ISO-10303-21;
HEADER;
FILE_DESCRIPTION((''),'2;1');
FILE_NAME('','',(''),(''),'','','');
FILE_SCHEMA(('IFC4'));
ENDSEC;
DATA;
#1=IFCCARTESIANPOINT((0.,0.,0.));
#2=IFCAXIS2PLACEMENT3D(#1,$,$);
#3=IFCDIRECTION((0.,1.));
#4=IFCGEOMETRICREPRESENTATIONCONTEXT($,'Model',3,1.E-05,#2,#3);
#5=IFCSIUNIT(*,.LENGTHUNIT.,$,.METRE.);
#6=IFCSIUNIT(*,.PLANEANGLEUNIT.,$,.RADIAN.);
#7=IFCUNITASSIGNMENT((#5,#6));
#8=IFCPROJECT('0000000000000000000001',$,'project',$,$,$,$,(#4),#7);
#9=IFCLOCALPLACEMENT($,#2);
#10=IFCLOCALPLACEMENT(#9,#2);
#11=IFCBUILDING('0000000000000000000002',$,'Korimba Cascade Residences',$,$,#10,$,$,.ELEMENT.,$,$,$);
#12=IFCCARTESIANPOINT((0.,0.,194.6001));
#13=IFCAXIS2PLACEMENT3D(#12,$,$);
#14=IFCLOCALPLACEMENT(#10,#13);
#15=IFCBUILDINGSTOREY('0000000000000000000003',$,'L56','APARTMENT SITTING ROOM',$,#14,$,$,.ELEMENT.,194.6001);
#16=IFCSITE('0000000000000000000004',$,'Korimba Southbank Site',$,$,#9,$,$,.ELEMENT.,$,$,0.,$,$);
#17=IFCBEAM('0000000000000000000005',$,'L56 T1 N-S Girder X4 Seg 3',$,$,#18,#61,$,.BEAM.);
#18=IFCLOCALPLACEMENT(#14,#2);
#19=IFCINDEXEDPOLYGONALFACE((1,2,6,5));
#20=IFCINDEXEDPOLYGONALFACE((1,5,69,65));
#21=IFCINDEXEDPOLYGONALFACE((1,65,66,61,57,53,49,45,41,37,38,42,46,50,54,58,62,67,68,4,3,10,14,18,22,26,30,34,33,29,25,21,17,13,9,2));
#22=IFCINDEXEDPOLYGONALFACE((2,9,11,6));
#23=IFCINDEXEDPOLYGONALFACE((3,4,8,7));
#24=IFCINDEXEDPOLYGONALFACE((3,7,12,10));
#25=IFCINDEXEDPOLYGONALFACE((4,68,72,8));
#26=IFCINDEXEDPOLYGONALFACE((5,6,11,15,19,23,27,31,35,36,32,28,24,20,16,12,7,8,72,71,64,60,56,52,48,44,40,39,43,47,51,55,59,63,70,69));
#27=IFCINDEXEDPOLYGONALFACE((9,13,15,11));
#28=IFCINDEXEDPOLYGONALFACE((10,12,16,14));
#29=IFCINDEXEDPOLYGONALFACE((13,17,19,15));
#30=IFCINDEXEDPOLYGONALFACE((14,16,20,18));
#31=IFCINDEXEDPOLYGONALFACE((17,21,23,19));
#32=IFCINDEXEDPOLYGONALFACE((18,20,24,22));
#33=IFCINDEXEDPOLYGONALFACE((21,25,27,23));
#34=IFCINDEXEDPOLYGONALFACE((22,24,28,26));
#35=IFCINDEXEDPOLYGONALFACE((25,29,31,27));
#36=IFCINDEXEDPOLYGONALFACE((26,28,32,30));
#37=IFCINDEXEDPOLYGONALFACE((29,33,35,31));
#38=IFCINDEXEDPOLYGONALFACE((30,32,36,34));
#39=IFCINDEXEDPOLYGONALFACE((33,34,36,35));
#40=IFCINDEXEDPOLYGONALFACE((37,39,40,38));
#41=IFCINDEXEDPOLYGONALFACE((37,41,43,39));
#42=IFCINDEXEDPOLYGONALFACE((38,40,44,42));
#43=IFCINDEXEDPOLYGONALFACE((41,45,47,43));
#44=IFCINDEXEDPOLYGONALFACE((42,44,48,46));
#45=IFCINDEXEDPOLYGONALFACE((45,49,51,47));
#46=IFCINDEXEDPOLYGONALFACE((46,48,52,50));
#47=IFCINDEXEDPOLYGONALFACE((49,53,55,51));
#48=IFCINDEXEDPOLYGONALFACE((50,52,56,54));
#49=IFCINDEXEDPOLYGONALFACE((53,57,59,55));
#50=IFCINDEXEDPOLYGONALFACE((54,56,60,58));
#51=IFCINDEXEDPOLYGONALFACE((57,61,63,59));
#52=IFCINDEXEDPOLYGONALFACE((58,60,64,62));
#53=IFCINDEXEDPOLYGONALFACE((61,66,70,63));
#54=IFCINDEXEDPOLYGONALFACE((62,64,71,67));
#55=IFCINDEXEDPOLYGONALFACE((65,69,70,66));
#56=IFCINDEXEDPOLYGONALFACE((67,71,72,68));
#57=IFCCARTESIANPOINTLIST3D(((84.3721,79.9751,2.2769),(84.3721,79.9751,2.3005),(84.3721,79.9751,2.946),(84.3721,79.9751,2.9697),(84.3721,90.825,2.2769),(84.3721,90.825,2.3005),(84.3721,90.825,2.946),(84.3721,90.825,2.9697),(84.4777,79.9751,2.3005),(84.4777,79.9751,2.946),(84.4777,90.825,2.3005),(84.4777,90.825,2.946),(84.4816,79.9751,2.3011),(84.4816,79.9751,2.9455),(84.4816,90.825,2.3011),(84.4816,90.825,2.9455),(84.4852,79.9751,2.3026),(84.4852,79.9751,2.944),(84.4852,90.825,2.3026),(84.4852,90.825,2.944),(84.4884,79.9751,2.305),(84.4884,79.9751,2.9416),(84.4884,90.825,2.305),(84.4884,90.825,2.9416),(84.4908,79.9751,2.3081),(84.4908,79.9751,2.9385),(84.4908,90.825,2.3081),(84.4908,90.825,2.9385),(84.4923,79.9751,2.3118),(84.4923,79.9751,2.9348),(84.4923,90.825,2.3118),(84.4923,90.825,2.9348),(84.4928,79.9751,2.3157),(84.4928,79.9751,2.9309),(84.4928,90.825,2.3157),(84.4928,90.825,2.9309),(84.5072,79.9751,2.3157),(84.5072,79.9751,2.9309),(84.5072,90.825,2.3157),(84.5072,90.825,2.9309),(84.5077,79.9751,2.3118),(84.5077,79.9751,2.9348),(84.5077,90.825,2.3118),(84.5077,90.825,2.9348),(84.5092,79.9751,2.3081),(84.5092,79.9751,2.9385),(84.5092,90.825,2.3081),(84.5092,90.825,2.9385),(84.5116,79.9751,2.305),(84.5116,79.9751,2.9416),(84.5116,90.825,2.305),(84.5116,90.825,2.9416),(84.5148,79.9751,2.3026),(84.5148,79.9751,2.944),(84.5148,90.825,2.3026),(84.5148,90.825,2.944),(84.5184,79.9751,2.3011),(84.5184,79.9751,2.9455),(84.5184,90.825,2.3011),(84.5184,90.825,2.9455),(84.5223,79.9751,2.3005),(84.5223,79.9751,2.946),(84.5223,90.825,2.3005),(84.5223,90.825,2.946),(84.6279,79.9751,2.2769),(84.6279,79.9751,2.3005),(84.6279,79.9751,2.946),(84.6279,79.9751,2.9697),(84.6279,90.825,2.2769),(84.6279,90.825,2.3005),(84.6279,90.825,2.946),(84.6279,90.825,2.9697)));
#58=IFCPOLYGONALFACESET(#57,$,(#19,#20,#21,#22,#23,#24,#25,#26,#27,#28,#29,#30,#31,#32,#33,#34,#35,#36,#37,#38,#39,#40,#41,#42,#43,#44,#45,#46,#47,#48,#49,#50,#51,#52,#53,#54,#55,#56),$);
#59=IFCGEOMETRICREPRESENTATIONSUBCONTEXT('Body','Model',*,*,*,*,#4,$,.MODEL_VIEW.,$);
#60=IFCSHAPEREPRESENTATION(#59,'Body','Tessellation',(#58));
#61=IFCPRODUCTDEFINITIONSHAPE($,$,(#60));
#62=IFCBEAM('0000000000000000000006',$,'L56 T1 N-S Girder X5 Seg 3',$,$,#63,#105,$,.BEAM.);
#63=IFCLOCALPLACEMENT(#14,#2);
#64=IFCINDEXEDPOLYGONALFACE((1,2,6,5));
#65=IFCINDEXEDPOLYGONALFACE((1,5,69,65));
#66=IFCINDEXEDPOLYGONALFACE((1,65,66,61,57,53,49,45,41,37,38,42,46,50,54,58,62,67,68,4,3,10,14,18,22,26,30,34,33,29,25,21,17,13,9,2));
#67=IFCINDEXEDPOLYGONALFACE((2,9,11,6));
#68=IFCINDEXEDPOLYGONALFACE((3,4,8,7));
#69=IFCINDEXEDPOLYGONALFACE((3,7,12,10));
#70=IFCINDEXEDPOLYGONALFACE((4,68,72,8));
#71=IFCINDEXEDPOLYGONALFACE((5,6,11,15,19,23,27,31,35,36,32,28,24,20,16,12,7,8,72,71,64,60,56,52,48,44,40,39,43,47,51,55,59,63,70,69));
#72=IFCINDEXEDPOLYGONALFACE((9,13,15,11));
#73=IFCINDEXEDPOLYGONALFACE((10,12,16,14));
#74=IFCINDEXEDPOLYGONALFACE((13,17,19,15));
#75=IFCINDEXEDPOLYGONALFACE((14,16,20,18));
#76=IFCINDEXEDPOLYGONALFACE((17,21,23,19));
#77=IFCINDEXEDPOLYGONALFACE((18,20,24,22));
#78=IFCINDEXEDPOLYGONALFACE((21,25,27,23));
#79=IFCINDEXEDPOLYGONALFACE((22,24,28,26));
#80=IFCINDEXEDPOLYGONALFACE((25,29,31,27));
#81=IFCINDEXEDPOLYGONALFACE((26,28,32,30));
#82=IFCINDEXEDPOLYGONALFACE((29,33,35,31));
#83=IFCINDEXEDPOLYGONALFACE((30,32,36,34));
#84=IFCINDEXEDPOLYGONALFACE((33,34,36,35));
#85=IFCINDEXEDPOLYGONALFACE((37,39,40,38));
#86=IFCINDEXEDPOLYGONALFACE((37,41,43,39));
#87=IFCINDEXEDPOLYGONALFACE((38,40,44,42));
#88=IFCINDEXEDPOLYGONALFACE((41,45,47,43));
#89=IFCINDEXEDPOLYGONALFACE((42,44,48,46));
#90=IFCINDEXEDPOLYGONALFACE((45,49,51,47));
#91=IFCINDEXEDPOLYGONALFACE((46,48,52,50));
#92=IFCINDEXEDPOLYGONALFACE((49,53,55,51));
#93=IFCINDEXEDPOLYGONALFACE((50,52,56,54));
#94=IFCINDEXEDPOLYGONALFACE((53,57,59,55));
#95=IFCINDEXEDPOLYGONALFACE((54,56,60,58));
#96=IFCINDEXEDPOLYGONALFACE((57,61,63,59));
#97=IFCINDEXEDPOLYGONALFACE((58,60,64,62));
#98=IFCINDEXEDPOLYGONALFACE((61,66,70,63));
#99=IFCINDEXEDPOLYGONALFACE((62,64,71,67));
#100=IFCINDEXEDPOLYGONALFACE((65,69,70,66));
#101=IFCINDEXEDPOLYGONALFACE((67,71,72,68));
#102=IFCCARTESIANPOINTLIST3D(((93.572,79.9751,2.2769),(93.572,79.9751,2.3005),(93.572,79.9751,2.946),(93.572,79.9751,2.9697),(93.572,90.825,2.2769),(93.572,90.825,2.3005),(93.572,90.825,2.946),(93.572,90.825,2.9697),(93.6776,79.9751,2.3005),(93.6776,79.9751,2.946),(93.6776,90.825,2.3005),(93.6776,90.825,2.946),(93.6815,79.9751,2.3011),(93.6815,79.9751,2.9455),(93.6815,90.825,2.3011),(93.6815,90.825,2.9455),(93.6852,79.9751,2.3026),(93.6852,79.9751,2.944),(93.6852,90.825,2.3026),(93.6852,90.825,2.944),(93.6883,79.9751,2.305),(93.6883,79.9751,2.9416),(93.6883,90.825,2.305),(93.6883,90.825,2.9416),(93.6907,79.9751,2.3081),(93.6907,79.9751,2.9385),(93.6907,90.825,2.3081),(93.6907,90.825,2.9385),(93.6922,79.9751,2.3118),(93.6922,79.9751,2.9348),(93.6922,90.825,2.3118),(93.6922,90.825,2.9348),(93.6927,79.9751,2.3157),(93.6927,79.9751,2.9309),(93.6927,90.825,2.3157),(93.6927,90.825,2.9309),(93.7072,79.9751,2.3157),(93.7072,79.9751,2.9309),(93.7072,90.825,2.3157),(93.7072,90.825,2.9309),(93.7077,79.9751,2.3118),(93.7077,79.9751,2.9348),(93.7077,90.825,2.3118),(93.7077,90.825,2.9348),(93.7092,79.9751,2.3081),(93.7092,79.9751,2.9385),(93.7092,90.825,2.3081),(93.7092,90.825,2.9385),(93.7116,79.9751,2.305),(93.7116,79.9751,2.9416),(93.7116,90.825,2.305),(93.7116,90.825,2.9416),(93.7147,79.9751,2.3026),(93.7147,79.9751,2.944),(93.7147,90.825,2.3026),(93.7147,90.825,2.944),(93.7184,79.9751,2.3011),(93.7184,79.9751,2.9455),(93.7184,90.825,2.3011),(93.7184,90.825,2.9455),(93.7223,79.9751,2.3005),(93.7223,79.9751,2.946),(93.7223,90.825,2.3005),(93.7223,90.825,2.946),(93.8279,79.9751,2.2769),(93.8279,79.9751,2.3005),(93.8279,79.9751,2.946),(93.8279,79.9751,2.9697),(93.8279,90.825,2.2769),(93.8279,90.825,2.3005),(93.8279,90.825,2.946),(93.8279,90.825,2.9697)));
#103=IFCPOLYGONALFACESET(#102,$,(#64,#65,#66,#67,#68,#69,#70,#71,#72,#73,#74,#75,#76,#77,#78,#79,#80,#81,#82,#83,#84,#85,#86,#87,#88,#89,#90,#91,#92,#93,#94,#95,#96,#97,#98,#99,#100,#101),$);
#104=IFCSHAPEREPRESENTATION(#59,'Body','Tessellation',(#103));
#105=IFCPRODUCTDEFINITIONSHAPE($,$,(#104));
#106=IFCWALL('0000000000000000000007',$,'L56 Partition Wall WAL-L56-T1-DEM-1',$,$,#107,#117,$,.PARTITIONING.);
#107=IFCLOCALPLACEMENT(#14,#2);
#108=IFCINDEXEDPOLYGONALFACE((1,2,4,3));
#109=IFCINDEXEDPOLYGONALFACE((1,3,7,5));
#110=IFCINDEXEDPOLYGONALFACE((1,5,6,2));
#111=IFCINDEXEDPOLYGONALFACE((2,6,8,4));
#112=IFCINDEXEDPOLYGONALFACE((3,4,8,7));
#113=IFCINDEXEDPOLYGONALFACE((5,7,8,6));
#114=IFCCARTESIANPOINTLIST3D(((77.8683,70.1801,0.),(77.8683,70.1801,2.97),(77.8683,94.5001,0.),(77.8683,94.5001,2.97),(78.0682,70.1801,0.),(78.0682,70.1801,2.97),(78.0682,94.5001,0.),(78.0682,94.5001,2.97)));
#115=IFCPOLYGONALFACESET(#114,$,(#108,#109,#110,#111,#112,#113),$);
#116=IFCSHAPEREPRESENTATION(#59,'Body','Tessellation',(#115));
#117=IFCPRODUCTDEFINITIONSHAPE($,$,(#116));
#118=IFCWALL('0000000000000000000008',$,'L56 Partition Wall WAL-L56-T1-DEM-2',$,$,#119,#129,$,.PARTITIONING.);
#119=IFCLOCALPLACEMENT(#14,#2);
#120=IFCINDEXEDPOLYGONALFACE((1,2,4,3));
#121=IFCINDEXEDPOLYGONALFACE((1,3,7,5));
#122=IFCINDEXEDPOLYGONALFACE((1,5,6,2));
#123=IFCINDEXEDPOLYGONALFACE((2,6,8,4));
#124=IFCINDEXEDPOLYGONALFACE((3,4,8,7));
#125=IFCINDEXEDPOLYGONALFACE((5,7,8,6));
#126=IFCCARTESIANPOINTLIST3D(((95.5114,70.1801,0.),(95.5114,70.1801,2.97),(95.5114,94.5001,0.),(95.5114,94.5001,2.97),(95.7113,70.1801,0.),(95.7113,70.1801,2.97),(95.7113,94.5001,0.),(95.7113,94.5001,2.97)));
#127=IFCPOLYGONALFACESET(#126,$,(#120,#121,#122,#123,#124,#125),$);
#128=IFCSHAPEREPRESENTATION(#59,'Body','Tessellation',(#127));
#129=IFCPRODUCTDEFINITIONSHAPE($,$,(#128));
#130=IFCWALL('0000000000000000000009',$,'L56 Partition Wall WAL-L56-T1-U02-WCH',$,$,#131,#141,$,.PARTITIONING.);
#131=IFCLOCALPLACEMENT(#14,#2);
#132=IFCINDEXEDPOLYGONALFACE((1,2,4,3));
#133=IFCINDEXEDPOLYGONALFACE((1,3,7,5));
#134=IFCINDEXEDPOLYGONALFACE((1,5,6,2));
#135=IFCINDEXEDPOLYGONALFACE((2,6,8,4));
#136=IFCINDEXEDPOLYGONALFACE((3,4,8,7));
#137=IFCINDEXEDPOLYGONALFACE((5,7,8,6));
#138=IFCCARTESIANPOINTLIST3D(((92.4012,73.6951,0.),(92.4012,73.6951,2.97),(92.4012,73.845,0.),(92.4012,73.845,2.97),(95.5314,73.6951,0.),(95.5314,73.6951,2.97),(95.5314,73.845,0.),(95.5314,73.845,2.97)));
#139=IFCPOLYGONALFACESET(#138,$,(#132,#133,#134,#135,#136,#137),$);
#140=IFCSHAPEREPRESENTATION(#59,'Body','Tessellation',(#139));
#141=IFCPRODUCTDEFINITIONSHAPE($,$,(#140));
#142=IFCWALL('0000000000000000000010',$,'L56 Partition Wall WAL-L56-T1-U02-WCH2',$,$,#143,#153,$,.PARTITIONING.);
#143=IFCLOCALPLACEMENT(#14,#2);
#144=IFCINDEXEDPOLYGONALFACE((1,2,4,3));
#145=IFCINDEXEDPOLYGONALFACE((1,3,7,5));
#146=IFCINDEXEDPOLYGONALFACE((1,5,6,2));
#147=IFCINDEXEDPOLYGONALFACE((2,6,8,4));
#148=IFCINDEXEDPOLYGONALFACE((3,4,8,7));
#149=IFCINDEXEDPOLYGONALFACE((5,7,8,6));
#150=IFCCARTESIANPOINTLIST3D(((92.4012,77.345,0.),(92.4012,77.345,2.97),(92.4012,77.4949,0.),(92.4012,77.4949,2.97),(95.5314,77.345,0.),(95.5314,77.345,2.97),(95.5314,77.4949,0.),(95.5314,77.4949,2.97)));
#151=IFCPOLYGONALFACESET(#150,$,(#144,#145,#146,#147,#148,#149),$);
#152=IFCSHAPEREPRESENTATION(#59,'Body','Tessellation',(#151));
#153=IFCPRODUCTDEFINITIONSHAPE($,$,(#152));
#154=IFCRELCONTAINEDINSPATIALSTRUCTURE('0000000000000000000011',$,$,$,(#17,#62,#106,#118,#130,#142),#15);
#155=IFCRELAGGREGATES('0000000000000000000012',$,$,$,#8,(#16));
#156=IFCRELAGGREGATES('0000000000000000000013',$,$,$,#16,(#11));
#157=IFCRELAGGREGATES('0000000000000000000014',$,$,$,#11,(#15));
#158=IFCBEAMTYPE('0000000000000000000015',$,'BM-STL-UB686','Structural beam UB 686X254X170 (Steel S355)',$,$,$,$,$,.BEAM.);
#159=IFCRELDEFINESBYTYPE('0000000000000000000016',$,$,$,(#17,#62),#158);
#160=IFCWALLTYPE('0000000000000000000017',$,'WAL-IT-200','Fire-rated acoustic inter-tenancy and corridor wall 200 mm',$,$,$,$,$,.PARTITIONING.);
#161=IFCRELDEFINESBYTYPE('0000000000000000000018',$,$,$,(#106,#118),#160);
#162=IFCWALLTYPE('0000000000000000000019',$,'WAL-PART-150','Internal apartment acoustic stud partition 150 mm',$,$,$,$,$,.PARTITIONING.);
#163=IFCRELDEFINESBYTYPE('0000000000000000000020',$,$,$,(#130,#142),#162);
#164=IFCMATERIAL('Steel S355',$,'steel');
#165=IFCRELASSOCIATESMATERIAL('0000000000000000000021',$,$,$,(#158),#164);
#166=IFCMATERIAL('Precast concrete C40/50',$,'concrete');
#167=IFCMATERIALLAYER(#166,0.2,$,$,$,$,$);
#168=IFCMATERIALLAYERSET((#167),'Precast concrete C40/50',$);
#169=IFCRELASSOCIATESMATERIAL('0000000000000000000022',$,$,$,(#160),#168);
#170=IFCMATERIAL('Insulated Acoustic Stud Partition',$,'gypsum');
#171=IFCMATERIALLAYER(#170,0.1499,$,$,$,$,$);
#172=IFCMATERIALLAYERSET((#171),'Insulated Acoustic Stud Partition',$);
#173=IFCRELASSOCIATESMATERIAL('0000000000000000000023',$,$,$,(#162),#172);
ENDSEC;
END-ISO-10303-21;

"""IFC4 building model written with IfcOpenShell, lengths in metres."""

from ifc_helpers import new_model, si_unit, direction, frame, frame_2d, origin, origin_2d, place, context, subcontext, project, spatial, rectangle, i_section, extrude, material, layer, layer_set, material_profile, profile_set, type_object, element, save


model = new_model("IFC4")

# Units and contexts
model_context = context("Model", 3, precision=1e-05, world=origin(), true_north=direction((0.0, 1.0)))
body_context = subcontext(model_context, "Body", "Model", "MODEL_VIEW")
ifc_project = project(units=[si_unit("LENGTHUNIT", "METRE"), si_unit("PLANEANGLEUNIT", "RADIAN")], contexts=[model_context])

# Site, building, storey
site_placement = place(None, origin())
site = spatial("IfcSite", under=ifc_project, at=site_placement, Name="Korimba Southbank Site", CompositionType="ELEMENT", RefElevation=0.0)
building_placement = place(site_placement, origin())
building = spatial("IfcBuilding", under=site, at=building_placement, Name="Korimba Cascade Residences", CompositionType="ELEMENT")
storey_placement = place(building_placement, frame((0.0, 0.0, 194.6001)))
storey = spatial("IfcBuildingStorey", under=building, at=storey_placement, Name="L56", Description="APARTMENT SITTING ROOM", CompositionType="ELEMENT", Elevation=194.6001)

# Beams
ifc_material_1 = material(Name="Steel S355", Category="steel")
ifc_material_profile_1 = material_profile(ifc_material_1, i_section(OverallWidth=0.2559, OverallDepth=0.6929, WebThickness=0.0144, FlangeThickness=0.0237, FilletRadius=0.0151, at=origin_2d()), Name="Steel S355")
ifc_profile_set_1 = profile_set([ifc_material_profile_1], Name="Steel S355")
beam_type_1 = type_object("IfcBeamType", Name="BM-STL-UB686", Description="Structural beam UB 686X254X170 (Steel S355)", PredefinedType="BEAM", material=ifc_profile_set_1)
for number, where, z_axis, x_axis, name in (
    (1, (84.5, 79.9751, 2.6233), (0.0, 1.0, 0.0), (-1.0, 0.0, 0.0), "L56 T1 N-S Girder X4 Seg 3"),
    (2, (93.7, 79.9751, 2.6233), (0.0, 1.0, 0.0), (-1.0, 0.0, 0.0), "L56 T1 N-S Girder X5 Seg 3"),
):
    element("IfcBeam", number, at=place(storey_placement, frame(where, z_axis=z_axis, x_axis=x_axis)), inside=storey, type_object=beam_type_1, Name=name, PredefinedType="BEAM", context=body_context, shape_type="SweptSolid", body=[
        extrude(i_section(OverallWidth=0.2559, OverallDepth=0.6929, WebThickness=0.0144, FlangeThickness=0.0237, FilletRadius=0.0151, at=origin_2d()), origin(), (0.0, 0.0, 1.0), 10.8499),
    ])

# Walls
ifc_material_2 = material(Name="Precast concrete C40/50", Category="concrete")
ifc_layer_1 = layer(ifc_material_2, 0.2)
ifc_layer_set_1 = layer_set([ifc_layer_1], Name="Precast concrete C40/50")
wall_type_1 = type_object("IfcWallType", Name="WAL-IT-200", Description="Fire-rated acoustic inter-tenancy and corridor wall 200 mm", PredefinedType="PARTITIONING", material=ifc_layer_set_1)
for number, where, z_axis, x_axis, name in (
    (3, (77.9683, 70.1799, 0.0), (0.0, 0.0, 1.0), (0.0, 1.0, 0.0), "L56 Partition Wall WAL-L56-T1-DEM-1"),
    (4, (95.6113, 70.1799, 0.0), (0.0, 0.0, 1.0), (0.0, 1.0, 0.0), "L56 Partition Wall WAL-L56-T1-DEM-2"),
):
    element("IfcWall", number, at=place(storey_placement, frame(where, z_axis=z_axis, x_axis=x_axis)), inside=storey, type_object=wall_type_1, Name=name, PredefinedType="PARTITIONING", context=body_context, shape_type="SweptSolid", body=[
        extrude(rectangle(XDim=24.3201, YDim=0.2, at=frame_2d((12.1602, 0.0))), origin(), (0.0, 0.0, 1.0), 2.97),
    ])
ifc_material_3 = material(Name="Insulated Acoustic Stud Partition", Category="gypsum")
ifc_layer_2 = layer(ifc_material_3, 0.1499)
ifc_layer_set_2 = layer_set([ifc_layer_2], Name="Insulated Acoustic Stud Partition")
wall_type_2 = type_object("IfcWallType", Name="WAL-PART-150", Description="Internal apartment acoustic stud partition 150 mm", PredefinedType="PARTITIONING", material=ifc_layer_set_2)
for number, where, z_axis, x_axis, name in (
    (5, (92.4014, 73.77, 0.0), (0.0, 0.0, 1.0), (1.0, 0.0, 0.0), "L56 Partition Wall WAL-L56-T1-U02-WCH"),
    (6, (92.4014, 77.4199, 0.0), (0.0, 0.0, 1.0), (1.0, 0.0, 0.0), "L56 Partition Wall WAL-L56-T1-U02-WCH2"),
):
    element("IfcWall", number, at=place(storey_placement, frame(where, z_axis=z_axis, x_axis=x_axis)), inside=storey, type_object=wall_type_2, Name=name, PredefinedType="PARTITIONING", context=body_context, shape_type="SweptSolid", body=[
        extrude(rectangle(XDim=3.1301, YDim=0.1499, at=frame_2d((1.5649, 0.0))), origin(), (0.0, 0.0, 1.0), 2.97),
    ])

save(model, "model.ifc")
